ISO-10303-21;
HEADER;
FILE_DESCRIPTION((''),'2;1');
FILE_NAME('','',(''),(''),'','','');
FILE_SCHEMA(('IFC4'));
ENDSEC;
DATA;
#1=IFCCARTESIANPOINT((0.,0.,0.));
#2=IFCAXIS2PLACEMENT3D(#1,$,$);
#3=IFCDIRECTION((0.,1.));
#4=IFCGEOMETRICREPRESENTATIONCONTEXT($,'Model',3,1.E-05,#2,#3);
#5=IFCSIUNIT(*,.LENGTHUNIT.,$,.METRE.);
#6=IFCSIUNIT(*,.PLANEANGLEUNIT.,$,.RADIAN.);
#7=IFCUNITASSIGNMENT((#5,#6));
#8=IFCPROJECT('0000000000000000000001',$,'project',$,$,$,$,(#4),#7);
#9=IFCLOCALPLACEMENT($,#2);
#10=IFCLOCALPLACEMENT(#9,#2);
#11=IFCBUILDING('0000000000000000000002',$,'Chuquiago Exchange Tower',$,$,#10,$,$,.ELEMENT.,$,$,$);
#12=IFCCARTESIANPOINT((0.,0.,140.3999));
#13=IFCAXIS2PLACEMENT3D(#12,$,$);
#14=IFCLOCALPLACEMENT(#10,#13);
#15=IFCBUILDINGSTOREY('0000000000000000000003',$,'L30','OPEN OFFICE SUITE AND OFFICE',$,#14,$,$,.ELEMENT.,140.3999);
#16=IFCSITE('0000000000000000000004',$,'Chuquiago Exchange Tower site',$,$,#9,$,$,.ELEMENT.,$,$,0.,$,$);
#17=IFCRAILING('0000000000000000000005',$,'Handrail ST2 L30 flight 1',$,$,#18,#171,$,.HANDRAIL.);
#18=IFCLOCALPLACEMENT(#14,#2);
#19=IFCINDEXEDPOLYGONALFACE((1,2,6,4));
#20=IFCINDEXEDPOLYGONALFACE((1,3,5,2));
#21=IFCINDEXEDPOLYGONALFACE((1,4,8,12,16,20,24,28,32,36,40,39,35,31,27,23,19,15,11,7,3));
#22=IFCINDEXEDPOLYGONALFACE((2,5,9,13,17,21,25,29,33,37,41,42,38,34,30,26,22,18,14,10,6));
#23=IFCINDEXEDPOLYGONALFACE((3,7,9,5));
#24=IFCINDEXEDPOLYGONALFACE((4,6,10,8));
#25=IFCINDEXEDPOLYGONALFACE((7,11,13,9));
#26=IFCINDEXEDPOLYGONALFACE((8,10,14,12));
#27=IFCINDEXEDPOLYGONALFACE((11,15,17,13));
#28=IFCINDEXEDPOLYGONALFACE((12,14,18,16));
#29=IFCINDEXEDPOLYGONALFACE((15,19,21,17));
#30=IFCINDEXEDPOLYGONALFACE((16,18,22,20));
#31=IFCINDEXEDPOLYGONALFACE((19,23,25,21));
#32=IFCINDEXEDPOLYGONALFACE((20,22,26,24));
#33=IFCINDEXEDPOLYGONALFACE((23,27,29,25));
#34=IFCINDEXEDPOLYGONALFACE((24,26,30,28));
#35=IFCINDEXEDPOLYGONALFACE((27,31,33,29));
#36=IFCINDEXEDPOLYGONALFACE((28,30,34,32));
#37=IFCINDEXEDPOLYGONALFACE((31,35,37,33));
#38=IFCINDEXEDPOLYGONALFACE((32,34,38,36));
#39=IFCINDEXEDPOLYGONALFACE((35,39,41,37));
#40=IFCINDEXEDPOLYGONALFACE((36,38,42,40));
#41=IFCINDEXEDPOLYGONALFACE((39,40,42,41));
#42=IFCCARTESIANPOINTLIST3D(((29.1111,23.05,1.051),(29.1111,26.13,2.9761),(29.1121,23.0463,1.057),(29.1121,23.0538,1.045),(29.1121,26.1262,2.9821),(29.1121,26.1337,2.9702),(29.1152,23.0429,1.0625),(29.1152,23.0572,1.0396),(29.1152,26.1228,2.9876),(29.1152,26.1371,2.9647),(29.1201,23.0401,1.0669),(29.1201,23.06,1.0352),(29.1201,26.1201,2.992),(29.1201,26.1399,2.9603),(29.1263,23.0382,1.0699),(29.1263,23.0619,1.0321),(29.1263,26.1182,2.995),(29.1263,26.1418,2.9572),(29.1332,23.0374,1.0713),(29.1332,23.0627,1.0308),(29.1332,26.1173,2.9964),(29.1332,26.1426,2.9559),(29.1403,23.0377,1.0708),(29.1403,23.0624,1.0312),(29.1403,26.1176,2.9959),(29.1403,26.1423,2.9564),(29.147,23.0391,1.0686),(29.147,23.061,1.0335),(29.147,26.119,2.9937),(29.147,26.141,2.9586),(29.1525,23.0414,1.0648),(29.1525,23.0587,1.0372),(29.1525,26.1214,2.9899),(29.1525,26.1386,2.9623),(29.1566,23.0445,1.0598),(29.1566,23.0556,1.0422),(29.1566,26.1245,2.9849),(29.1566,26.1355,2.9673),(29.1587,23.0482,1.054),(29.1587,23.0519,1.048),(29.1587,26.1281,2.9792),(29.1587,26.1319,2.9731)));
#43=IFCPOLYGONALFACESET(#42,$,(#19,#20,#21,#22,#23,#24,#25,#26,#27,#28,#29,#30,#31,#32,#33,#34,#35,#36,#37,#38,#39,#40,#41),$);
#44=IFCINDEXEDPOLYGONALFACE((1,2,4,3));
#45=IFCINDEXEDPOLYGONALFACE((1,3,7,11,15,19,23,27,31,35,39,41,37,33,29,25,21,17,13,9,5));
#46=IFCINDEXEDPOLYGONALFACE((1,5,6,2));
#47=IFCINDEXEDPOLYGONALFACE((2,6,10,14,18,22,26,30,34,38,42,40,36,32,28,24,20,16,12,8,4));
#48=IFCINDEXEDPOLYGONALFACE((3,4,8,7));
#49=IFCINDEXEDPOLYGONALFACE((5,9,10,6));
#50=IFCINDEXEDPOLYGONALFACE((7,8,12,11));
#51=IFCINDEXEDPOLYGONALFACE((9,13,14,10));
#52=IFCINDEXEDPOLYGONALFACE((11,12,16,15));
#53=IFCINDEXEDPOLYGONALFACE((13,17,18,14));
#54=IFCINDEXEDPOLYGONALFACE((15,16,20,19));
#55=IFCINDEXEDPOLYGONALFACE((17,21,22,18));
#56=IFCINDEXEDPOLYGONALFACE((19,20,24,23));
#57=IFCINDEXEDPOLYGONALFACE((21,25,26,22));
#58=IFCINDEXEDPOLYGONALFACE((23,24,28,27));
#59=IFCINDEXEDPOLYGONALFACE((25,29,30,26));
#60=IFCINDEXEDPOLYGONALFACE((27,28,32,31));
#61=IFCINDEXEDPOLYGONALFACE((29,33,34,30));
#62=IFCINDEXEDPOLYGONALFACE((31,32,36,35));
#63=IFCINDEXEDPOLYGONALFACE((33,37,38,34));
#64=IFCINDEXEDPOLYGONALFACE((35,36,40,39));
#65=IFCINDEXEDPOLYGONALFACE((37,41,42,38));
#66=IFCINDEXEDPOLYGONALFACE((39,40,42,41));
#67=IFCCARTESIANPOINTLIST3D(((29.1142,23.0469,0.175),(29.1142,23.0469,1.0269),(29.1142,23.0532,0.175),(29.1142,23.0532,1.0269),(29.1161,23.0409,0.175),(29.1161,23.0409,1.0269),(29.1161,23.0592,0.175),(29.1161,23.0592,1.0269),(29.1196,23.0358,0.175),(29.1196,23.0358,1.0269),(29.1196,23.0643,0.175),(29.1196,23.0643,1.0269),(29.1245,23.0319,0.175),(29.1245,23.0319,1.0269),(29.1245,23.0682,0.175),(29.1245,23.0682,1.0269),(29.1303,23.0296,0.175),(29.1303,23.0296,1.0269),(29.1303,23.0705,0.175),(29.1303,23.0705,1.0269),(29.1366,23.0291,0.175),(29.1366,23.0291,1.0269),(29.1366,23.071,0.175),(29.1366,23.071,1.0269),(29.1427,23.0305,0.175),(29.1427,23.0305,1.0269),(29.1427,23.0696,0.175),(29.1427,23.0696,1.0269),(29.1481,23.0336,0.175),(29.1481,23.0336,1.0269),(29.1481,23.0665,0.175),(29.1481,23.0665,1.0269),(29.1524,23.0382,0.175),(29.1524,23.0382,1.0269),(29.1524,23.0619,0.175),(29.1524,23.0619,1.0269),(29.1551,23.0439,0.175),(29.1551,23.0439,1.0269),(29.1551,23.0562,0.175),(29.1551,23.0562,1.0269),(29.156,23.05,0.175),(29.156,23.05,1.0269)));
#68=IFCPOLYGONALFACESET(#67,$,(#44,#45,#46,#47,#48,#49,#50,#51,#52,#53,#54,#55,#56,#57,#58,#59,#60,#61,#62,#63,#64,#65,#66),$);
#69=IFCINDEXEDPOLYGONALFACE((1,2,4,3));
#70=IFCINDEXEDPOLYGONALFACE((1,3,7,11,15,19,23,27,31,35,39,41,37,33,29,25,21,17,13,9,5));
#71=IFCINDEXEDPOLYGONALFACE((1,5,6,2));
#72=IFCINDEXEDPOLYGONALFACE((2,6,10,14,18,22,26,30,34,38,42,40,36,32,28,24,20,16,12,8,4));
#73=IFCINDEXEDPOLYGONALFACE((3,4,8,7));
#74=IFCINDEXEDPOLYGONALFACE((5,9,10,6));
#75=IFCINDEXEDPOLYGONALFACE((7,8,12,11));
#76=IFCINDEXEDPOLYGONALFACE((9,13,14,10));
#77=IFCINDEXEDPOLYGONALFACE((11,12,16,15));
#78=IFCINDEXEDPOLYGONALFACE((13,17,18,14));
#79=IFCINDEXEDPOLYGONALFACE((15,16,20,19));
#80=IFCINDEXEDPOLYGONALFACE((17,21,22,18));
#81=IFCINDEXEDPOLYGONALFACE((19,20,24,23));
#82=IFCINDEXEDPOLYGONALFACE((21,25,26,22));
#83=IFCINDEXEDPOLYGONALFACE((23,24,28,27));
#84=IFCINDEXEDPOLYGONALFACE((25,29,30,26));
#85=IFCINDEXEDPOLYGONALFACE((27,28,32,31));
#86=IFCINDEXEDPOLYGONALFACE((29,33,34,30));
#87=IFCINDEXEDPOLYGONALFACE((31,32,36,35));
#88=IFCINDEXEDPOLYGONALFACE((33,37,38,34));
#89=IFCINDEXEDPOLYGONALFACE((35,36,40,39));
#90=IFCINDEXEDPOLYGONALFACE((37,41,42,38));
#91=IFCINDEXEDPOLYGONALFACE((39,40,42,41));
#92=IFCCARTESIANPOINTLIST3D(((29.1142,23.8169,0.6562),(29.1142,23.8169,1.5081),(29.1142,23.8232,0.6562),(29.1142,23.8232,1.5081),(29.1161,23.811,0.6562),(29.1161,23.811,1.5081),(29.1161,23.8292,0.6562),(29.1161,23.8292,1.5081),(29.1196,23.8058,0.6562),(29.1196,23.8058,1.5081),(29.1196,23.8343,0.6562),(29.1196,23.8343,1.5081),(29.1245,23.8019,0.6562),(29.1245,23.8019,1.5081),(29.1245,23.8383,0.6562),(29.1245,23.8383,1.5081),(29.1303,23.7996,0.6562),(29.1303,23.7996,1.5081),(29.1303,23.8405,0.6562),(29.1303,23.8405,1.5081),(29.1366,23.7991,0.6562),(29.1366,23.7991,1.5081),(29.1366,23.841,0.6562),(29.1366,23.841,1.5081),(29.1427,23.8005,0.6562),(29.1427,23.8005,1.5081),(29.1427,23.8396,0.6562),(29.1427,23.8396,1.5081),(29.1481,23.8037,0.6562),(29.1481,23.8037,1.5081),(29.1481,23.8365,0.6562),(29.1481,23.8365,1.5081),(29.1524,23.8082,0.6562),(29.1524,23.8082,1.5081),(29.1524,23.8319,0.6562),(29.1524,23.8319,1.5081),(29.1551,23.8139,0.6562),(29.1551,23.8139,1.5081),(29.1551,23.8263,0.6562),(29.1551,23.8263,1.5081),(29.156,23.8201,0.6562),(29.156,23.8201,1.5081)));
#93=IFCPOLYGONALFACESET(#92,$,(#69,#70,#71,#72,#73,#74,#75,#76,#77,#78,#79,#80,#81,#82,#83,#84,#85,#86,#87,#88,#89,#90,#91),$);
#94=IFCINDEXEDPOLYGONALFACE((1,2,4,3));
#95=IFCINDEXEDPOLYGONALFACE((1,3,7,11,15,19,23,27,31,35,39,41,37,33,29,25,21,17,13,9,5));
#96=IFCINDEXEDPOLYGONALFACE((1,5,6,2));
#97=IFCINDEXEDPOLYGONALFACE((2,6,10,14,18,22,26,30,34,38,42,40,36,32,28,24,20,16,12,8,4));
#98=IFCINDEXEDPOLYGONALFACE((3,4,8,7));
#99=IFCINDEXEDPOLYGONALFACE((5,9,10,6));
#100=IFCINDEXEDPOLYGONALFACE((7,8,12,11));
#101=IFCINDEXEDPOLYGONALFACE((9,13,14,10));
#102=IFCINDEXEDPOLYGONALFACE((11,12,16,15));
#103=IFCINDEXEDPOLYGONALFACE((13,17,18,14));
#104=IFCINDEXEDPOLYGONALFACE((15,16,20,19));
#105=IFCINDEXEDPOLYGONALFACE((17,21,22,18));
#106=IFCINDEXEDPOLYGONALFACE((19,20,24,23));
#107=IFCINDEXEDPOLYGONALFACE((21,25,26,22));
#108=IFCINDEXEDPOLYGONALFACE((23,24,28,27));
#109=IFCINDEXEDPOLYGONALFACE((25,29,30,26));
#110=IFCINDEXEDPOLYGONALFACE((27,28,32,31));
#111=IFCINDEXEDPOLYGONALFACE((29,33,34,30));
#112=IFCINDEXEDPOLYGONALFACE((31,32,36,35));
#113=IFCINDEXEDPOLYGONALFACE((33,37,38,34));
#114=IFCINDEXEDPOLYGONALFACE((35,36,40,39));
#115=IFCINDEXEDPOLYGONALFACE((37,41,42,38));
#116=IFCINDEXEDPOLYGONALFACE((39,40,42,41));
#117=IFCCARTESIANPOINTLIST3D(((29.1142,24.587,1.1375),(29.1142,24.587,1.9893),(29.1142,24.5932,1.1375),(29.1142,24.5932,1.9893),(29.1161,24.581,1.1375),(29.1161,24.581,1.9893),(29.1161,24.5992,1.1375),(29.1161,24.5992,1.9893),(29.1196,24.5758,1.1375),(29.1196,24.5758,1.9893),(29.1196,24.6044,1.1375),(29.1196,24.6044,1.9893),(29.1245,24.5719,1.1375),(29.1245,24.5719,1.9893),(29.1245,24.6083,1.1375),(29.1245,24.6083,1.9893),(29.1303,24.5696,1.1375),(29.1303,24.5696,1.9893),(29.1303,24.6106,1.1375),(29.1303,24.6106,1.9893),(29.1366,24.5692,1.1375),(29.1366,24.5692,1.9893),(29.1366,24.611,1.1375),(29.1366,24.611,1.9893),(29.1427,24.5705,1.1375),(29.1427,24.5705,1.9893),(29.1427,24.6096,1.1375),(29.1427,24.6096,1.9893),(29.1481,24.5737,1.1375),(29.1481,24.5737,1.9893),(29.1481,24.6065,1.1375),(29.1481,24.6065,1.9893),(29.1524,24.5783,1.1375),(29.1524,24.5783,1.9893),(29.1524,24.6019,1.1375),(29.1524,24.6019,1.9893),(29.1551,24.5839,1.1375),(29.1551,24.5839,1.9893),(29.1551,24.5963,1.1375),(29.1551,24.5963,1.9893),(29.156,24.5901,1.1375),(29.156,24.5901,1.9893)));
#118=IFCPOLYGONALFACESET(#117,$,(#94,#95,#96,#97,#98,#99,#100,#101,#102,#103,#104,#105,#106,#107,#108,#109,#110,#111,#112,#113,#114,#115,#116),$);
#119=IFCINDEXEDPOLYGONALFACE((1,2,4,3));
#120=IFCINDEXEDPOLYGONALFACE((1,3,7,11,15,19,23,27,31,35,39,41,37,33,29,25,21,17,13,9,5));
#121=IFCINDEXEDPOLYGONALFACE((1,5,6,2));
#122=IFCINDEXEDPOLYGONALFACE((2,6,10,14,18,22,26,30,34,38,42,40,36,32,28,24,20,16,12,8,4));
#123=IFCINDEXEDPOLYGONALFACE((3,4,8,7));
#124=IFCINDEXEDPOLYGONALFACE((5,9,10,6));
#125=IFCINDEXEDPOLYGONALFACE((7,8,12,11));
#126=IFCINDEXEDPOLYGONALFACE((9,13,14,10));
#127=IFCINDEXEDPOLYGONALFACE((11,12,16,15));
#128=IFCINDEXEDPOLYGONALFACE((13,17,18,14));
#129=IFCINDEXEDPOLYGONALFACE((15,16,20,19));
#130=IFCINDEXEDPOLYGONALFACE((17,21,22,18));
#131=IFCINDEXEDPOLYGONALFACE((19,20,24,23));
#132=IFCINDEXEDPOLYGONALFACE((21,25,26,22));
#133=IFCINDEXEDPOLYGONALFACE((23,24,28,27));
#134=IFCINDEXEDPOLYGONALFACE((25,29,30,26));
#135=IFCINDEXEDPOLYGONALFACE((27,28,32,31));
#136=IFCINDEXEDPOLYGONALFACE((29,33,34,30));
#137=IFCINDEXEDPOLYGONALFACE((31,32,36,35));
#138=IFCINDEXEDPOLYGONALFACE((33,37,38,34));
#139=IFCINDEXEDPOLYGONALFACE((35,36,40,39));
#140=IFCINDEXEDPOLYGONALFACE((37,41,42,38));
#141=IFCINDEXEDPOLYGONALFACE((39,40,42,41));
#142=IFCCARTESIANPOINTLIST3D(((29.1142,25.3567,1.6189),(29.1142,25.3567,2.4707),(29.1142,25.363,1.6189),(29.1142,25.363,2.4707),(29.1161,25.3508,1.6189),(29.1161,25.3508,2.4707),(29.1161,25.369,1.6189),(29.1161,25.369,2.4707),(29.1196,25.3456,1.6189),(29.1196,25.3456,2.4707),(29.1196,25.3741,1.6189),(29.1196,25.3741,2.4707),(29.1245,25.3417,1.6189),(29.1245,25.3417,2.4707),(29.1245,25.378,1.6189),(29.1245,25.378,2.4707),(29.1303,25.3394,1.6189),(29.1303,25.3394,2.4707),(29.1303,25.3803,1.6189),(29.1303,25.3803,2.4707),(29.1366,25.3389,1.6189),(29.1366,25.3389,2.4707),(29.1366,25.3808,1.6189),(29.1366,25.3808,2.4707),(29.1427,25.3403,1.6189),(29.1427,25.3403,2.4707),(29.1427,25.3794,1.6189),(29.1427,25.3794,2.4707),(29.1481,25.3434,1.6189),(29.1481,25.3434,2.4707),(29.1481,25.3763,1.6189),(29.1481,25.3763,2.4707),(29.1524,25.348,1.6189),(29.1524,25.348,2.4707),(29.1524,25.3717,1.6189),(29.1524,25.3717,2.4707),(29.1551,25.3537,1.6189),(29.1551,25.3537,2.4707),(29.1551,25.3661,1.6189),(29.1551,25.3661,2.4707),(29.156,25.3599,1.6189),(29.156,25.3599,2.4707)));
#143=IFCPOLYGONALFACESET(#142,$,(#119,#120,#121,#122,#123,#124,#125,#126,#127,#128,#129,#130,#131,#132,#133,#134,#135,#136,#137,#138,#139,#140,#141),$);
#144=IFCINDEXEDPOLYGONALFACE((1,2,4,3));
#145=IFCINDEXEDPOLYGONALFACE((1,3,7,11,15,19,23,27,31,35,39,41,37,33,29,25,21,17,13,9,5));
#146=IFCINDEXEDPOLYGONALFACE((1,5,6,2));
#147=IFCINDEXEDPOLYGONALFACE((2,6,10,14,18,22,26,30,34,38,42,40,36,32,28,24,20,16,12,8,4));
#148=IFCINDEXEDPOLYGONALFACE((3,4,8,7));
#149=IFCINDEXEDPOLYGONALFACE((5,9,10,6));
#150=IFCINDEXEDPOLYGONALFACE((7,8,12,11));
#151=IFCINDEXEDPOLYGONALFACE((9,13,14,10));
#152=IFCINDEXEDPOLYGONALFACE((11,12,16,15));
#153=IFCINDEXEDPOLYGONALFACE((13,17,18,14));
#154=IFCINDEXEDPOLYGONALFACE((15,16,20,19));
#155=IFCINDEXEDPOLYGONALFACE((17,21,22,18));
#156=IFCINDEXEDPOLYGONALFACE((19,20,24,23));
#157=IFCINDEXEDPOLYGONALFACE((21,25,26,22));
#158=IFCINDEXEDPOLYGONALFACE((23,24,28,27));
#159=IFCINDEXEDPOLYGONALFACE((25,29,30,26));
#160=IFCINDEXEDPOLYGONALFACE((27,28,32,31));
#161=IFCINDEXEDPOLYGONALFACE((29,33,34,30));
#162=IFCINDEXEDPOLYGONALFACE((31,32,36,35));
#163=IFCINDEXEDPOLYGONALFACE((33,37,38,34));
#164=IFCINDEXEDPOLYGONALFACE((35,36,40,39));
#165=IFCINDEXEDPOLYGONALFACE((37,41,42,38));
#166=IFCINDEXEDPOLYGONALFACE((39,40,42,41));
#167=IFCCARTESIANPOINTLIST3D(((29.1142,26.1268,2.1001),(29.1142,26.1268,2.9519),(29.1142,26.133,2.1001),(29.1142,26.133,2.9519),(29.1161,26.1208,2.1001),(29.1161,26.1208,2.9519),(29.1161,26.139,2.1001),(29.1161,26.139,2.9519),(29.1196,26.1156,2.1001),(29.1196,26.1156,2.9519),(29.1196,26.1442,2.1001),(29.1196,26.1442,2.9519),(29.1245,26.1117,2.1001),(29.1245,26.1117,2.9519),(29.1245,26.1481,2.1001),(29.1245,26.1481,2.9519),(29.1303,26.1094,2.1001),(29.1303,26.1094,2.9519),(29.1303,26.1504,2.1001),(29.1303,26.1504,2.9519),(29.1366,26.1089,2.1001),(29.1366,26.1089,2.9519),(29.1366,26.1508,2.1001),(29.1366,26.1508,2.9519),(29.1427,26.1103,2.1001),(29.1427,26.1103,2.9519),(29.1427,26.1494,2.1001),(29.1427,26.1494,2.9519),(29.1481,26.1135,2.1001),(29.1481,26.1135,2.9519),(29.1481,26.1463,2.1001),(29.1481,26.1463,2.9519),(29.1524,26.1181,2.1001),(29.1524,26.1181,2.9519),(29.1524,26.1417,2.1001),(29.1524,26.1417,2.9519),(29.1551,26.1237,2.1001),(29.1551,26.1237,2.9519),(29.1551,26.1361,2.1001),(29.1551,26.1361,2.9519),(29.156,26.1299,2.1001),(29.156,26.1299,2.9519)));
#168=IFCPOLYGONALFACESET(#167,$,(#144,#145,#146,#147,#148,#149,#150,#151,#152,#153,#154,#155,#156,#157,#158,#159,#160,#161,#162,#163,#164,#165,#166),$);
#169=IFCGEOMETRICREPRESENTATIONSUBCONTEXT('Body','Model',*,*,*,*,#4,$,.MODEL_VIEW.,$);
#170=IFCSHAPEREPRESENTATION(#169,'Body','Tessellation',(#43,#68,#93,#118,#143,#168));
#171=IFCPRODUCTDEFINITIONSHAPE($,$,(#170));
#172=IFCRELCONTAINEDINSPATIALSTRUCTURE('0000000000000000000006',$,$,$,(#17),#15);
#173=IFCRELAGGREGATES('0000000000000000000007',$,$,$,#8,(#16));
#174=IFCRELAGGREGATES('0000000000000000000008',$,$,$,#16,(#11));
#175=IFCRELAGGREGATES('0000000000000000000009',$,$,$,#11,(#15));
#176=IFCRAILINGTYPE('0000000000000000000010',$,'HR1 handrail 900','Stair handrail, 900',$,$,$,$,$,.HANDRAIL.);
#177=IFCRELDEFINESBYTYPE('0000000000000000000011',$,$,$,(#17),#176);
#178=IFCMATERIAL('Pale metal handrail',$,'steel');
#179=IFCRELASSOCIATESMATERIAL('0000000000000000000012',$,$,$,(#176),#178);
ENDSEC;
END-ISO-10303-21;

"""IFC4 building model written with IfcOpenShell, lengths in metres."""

from ifc_helpers import new_model, si_unit, direction, frame, origin, origin_2d, place, context, subcontext, project, spatial, circle, extrude, material, type_object, element, save


model = new_model("IFC4")

# Units and contexts
model_context = context("Model", 3, precision=1e-05, world=origin(), true_north=direction((0.0, 1.0)))
body_context = subcontext(model_context, "Body", "Model", "MODEL_VIEW")
ifc_project = project(units=[si_unit("LENGTHUNIT", "METRE"), si_unit("PLANEANGLEUNIT", "RADIAN")], contexts=[model_context])

# Site, building, storey
site_placement = place(None, origin())
site = spatial("IfcSite", under=ifc_project, at=site_placement, Name="Chuquiago Exchange Tower site", CompositionType="ELEMENT", RefElevation=0.0)
building_placement = place(site_placement, origin())
building = spatial("IfcBuilding", under=site, at=building_placement, Name="Chuquiago Exchange Tower", CompositionType="ELEMENT")
storey_placement = place(building_placement, frame((0.0, 0.0, 140.3999)))
storey = spatial("IfcBuildingStorey", under=building, at=storey_placement, Name="L30", Description="OPEN OFFICE SUITE AND OFFICE", CompositionType="ELEMENT", Elevation=140.3999)

# Railing
ifc_material_1 = material(Name="Pale metal handrail", Category="steel")
railing_type_1 = type_object("IfcRailingType", Name="HR1 handrail 900", Description="Stair handrail, 900", PredefinedType="HANDRAIL", material=ifc_material_1)
railing_1_placement = place(storey_placement, frame((29.135, 23.05, 0.175)))
element("IfcRailing", 1, at=railing_1_placement, inside=storey, type_object=railing_type_1, Name="Handrail ST2 L30 flight 1", PredefinedType="HANDRAIL", context=body_context, shape_type="SweptSolid", body=[
    extrude(circle(Radius=0.0239, at=origin_2d()), frame((0.0, 0.0, 0.876), z_axis=(0.0, 0.847979, 0.530029), x_axis=(-1.0, 0.0, 0.0)), (0.0, 0.0, 1.0), 3.6321),
    extrude(circle(Radius=0.021, at=origin_2d()), origin(), (0.0, 0.0, 1.0), 0.8518),
    extrude(circle(Radius=0.021, at=origin_2d()), frame((0.0, 0.77, 0.4812)), (0.0, 0.0, 1.0), 0.8518),
    extrude(circle(Radius=0.021, at=origin_2d()), frame((0.0, 1.54, 0.9624)), (0.0, 0.0, 1.0), 0.8518),
    extrude(circle(Radius=0.021, at=origin_2d()), frame((0.0, 2.3098, 1.4438)), (0.0, 0.0, 1.0), 0.8518),
    extrude(circle(Radius=0.021, at=origin_2d()), frame((0.0, 3.0798, 1.925)), (0.0, 0.0, 1.0), 0.8518),
])

save(model, "model.ifc")
